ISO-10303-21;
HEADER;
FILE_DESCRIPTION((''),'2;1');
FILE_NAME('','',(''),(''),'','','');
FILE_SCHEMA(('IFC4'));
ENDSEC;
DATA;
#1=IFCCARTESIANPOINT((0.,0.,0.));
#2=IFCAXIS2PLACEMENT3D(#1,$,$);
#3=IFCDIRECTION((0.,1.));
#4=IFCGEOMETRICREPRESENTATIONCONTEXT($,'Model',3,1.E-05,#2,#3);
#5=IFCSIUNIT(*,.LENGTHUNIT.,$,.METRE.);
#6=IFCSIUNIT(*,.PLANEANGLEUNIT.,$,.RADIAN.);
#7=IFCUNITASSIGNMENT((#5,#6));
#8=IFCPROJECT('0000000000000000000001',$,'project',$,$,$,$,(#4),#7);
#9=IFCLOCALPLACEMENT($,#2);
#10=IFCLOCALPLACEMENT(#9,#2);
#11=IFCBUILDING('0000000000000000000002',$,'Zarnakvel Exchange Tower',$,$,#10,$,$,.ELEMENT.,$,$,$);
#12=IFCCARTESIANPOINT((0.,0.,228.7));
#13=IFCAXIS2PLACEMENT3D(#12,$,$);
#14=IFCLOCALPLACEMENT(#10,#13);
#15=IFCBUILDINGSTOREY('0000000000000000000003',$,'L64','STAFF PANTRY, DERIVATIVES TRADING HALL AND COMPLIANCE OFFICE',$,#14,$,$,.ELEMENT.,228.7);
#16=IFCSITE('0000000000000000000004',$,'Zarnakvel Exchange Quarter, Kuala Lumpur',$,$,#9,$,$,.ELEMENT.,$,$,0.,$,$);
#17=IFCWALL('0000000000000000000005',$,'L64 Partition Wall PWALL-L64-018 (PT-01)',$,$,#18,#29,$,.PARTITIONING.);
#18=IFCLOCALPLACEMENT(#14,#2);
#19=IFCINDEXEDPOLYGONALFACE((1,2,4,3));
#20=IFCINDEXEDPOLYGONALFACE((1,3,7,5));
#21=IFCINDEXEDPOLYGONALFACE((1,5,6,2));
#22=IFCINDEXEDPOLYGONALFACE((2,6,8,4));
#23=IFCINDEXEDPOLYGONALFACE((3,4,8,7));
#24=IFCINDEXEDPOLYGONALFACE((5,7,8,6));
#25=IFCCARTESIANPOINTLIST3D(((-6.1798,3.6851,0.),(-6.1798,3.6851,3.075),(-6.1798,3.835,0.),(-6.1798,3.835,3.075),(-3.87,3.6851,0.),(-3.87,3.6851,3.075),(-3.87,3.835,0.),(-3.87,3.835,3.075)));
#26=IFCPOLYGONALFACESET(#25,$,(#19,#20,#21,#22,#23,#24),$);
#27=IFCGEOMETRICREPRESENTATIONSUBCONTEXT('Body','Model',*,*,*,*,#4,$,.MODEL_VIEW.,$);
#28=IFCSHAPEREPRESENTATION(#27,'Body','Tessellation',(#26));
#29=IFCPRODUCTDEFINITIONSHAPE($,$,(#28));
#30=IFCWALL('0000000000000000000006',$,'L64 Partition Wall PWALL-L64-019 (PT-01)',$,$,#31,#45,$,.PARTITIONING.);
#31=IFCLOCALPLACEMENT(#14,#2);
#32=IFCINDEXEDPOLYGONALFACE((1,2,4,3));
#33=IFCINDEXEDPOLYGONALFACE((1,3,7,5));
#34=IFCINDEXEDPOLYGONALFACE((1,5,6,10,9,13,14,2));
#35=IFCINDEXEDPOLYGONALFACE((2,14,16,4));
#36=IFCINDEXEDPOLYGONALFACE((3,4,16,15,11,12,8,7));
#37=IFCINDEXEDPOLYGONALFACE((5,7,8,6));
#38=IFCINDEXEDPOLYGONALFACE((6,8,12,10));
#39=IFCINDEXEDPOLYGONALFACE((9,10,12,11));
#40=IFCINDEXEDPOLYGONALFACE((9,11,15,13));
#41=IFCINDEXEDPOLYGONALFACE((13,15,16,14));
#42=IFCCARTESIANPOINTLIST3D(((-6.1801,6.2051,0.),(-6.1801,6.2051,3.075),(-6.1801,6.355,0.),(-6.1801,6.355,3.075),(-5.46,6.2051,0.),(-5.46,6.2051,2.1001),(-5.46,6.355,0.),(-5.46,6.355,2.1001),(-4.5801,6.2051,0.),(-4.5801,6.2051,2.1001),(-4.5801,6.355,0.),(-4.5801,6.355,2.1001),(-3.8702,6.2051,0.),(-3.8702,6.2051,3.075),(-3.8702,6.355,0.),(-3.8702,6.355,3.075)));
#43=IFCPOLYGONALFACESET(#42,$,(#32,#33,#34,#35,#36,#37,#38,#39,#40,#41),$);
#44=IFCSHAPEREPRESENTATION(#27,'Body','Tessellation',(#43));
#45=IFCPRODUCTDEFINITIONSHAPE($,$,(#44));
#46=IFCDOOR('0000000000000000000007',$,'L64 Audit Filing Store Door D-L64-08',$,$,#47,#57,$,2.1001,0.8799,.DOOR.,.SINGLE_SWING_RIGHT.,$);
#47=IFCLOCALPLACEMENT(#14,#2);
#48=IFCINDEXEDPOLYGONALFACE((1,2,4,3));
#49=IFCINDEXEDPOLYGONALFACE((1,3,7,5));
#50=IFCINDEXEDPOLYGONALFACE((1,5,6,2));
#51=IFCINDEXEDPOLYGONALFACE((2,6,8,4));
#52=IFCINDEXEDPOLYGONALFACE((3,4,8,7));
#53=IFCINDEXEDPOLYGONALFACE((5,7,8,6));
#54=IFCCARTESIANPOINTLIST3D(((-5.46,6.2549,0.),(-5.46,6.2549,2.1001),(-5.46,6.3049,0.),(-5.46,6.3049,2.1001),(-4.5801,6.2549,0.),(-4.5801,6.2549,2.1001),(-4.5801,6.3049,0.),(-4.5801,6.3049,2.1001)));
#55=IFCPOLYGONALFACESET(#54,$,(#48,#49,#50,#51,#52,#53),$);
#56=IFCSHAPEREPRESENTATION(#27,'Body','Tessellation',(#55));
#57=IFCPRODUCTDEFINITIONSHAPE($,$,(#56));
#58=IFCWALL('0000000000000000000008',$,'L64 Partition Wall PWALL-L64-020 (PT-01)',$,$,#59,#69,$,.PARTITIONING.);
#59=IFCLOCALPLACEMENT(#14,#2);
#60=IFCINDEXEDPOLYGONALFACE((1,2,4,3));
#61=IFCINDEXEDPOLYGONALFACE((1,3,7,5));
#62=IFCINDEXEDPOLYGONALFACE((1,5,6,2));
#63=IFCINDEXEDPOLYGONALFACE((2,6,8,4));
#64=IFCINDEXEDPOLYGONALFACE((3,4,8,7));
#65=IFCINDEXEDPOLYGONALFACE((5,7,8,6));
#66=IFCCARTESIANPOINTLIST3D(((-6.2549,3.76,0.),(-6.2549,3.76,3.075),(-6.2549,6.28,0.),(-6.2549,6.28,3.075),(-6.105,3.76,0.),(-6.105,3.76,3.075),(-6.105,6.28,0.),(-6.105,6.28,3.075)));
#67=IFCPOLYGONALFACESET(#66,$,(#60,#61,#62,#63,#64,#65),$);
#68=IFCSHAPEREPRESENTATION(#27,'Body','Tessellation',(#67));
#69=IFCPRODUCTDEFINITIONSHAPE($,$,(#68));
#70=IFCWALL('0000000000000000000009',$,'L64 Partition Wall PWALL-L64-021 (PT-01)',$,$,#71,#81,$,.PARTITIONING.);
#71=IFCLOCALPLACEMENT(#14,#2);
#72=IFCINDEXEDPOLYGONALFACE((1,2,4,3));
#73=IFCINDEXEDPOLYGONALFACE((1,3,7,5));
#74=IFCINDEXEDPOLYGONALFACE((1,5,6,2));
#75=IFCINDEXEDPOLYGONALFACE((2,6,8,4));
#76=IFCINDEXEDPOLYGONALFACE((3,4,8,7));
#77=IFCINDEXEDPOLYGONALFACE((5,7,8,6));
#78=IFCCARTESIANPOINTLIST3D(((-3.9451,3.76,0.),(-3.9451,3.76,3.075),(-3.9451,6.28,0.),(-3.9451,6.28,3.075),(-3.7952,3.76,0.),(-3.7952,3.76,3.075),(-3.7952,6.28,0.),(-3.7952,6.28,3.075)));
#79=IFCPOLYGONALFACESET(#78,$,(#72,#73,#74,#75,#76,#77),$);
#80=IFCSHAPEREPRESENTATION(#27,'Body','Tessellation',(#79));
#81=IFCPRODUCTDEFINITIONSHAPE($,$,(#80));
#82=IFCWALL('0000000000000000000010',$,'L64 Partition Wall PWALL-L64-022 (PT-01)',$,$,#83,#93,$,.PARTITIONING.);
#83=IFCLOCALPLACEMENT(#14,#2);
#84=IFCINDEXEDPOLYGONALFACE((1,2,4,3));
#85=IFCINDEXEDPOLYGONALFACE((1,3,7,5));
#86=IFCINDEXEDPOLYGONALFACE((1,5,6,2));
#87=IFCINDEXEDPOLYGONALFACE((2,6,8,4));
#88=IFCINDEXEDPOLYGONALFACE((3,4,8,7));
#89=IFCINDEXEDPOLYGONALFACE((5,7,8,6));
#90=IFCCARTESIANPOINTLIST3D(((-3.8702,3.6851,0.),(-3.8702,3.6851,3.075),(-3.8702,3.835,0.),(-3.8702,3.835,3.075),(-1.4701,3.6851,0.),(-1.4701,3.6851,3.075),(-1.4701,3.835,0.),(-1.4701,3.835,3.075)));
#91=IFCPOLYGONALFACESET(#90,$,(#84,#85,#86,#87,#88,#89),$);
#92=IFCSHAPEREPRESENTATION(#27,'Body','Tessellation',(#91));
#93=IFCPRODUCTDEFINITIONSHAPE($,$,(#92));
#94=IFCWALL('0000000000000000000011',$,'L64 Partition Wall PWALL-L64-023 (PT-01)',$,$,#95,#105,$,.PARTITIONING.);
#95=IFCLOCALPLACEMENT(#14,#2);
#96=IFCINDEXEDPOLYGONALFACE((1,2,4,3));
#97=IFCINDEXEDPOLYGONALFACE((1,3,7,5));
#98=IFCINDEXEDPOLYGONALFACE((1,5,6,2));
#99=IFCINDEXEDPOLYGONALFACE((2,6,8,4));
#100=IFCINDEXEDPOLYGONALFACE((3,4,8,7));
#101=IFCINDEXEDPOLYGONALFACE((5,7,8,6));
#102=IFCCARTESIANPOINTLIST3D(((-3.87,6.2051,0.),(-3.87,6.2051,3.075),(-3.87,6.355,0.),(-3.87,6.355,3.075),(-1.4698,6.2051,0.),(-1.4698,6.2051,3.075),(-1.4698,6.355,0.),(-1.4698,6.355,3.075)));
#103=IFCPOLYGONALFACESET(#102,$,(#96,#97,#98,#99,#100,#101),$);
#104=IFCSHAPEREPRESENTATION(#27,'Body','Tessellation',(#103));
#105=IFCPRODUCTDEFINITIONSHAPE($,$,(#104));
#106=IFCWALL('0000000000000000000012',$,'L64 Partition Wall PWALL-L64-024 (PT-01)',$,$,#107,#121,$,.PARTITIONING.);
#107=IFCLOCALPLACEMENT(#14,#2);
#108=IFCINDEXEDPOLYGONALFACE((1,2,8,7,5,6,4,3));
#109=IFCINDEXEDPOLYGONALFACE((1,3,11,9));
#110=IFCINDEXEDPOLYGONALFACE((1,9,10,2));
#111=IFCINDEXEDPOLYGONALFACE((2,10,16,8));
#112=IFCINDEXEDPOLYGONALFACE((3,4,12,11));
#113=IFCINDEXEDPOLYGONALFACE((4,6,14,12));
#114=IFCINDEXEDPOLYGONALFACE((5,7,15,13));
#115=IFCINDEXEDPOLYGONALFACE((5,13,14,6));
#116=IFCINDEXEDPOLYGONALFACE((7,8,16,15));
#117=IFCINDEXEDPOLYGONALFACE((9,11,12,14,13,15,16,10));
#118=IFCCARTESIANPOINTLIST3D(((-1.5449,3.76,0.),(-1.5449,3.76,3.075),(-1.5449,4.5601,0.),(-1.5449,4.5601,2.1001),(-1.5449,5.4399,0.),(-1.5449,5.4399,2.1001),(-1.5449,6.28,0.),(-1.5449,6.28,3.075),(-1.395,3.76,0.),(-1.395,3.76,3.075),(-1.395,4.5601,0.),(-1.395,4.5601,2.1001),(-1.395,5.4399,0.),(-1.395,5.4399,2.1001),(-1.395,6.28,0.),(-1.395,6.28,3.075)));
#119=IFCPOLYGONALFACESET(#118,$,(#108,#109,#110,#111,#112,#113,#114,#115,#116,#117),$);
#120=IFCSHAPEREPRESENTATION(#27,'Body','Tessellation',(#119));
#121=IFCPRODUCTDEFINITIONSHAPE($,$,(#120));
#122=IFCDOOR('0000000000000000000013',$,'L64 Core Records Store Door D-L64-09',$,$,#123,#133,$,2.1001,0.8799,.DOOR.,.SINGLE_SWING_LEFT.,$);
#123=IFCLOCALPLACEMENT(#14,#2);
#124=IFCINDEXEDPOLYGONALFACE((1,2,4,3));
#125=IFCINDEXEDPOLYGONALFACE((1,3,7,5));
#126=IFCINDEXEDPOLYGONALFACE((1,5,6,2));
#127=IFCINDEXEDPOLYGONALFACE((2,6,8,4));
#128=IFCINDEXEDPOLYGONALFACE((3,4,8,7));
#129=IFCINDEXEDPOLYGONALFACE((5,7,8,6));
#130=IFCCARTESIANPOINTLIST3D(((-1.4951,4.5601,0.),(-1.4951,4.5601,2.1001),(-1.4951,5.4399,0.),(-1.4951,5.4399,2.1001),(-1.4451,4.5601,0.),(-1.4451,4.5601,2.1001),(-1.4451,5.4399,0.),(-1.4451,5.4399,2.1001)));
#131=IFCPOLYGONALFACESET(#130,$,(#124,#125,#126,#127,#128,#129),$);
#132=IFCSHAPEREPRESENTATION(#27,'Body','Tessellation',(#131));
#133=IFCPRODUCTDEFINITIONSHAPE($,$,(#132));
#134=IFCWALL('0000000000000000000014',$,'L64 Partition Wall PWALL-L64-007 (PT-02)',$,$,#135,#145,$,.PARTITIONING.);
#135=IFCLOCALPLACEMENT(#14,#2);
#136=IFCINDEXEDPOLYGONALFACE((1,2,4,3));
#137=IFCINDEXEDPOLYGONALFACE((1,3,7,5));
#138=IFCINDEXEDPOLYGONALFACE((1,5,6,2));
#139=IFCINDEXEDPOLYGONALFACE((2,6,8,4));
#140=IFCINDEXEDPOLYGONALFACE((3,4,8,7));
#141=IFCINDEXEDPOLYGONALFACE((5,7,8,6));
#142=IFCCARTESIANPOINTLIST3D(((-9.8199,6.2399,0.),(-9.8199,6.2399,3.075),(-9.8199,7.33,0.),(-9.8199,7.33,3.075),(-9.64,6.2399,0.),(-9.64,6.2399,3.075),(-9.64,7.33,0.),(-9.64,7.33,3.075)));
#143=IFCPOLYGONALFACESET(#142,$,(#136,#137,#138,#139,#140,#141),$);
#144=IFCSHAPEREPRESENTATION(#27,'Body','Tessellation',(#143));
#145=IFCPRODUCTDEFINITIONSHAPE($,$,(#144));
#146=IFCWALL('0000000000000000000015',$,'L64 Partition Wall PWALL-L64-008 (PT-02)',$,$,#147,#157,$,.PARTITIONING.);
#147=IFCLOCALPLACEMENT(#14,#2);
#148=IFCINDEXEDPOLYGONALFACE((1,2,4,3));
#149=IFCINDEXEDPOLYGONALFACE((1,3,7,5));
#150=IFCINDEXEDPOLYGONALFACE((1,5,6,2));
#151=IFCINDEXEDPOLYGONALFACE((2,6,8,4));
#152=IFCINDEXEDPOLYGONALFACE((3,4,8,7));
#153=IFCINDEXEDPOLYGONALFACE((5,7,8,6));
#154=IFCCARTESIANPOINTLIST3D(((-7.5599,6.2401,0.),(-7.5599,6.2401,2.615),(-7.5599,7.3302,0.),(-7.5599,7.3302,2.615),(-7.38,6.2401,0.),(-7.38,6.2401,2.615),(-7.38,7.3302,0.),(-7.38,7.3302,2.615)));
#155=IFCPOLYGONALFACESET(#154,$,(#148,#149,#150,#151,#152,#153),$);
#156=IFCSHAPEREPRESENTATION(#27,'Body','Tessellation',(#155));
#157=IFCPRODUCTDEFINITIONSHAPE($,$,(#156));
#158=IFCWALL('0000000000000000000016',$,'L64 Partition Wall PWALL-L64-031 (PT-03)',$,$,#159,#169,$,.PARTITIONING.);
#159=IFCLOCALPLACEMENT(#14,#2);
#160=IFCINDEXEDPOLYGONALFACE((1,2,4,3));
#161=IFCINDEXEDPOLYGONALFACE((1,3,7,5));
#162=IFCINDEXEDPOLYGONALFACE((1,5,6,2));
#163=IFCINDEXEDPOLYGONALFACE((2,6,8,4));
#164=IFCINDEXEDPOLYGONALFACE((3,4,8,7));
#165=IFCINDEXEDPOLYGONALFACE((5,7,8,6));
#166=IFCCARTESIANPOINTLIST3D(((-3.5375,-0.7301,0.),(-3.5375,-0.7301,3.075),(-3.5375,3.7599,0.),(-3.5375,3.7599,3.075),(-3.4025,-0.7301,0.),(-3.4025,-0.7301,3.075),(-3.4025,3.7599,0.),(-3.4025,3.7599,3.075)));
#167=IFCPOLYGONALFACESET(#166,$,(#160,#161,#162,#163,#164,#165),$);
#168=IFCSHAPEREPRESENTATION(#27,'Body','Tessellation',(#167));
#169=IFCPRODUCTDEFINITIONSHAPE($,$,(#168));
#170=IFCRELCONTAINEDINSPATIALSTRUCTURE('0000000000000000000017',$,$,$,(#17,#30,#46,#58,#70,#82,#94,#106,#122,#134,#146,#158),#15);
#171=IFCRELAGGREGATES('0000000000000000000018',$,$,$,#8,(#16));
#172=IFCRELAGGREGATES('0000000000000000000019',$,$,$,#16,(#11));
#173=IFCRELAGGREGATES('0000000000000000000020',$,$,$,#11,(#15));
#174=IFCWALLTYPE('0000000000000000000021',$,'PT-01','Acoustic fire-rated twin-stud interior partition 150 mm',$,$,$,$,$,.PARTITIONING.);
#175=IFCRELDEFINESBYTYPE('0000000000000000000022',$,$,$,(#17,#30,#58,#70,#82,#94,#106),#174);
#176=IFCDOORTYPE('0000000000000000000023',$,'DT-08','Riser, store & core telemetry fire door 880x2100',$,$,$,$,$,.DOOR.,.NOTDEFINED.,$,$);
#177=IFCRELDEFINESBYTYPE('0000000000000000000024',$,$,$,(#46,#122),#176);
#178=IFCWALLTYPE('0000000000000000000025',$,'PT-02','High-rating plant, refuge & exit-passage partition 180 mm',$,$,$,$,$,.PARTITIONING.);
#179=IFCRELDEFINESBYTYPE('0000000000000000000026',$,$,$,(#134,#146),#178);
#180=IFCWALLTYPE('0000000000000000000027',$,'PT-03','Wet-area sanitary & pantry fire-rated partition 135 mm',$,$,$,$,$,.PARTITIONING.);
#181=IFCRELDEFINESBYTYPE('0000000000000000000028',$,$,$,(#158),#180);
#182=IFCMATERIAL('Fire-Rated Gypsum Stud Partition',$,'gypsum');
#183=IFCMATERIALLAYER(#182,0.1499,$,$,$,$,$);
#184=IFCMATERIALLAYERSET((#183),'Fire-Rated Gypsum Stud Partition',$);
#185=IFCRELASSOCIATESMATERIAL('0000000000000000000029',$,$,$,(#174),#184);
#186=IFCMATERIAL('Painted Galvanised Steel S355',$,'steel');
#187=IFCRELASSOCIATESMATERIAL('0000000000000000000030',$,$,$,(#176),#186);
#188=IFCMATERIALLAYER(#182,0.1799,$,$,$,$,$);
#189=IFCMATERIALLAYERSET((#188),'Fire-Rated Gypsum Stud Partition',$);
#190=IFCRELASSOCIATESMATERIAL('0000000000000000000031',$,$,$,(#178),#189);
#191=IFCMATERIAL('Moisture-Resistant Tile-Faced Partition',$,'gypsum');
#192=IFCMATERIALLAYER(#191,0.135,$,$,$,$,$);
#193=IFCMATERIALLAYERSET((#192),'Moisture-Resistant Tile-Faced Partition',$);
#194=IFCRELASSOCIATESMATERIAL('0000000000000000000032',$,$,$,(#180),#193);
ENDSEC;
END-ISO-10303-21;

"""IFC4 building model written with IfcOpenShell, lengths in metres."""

from ifc_helpers import new_model, si_unit, direction, frame, frame_2d, origin, place, context, subcontext, project, spatial, rectangle, extrude, source, transform, mapped, material, layer, layer_set, type_object, element, fill, save


model = new_model("IFC4")

# Units and contexts
model_context = context("Model", 3, precision=1e-05, world=origin(), true_north=direction((0.0, 1.0)))
body_context = subcontext(model_context, "Body", "Model", "MODEL_VIEW")
ifc_project = project(units=[si_unit("LENGTHUNIT", "METRE"), si_unit("PLANEANGLEUNIT", "RADIAN")], contexts=[model_context])

# Site, building, storey
site_placement = place(None, origin())
site = spatial("IfcSite", under=ifc_project, at=site_placement, Name="Zarnakvel Exchange Quarter, Kuala Lumpur", CompositionType="ELEMENT", RefElevation=0.0)
building_placement = place(site_placement, origin())
building = spatial("IfcBuilding", under=site, at=building_placement, Name="Zarnakvel Exchange Tower", CompositionType="ELEMENT")
storey_placement = place(building_placement, frame((0.0, 0.0, 228.7)))
storey = spatial("IfcBuildingStorey", under=building, at=storey_placement, Name="L64", Description="STAFF PANTRY, DERIVATIVES TRADING HALL AND COMPLIANCE OFFICE", CompositionType="ELEMENT", Elevation=228.7)

# Wall
ifc_material_1 = material(Name="Fire-Rated Gypsum Stud Partition", Category="gypsum")
ifc_layer_1 = layer(ifc_material_1, 0.1499)
ifc_layer_set_1 = layer_set([ifc_layer_1], Name="Fire-Rated Gypsum Stud Partition")
wall_type_1 = type_object("IfcWallType", Name="PT-01", Description="Acoustic fire-rated twin-stud interior partition 150 mm", PredefinedType="PARTITIONING", material=ifc_layer_set_1)
wall_1_placement = place(storey_placement, frame((-3.8701, 3.76, 0.0), z_axis=(0.0, 0.0, 1.0), x_axis=(-1.0, 0.0, 0.0)))
element("IfcWall", 1, at=wall_1_placement, inside=storey, type_object=wall_type_1, Name="L64 Partition Wall PWALL-L64-018 (PT-01)", PredefinedType="PARTITIONING", context=body_context, shape_type="SweptSolid", body=[
    extrude(rectangle(XDim=2.3098, YDim=0.1499, at=frame_2d((1.1548, 0.0))), origin(), (0.0, 0.0, 1.0), 3.075),
])

# Wall, opening, door
wall_2_placement = place(storey_placement, frame((-6.1799, 6.28, 0.0), z_axis=(0.0, 0.0, 1.0), x_axis=(1.0, 0.0, 0.0)))
wall_2 = element("IfcWall", 2, at=wall_2_placement, inside=storey, type_object=wall_type_1, Name="L64 Partition Wall PWALL-L64-019 (PT-01)", PredefinedType="PARTITIONING", context=body_context, shape_type="SweptSolid", body=[
    extrude(rectangle(XDim=2.3098, YDim=0.1499, at=frame_2d((1.1548, 0.0))), origin(), (0.0, 0.0, 1.0), 3.075),
])
opening_1_placement = place(wall_2_placement, frame((0.72, 0.0, 0.0)))
opening_1 = element("IfcOpeningElement", 3, at=opening_1_placement, cuts=wall_2, PredefinedType="OPENING", context=body_context, shape_type="SweptSolid", body=[
    extrude(rectangle(XDim=0.8799, YDim=2.1001, at=frame_2d((0.4399, 1.05))), frame((0.0, 0.085, 0.0), z_axis=(0.0, -1.0, 0.0), x_axis=(1.0, 0.0, 0.0)), (0.0, 0.0, 1.0), 0.1699),
])
ifc_material_2 = material(Name="Painted Galvanised Steel S355", Category="steel")
door_type_1 = type_object("IfcDoorType", Name="DT-08", Description="Riser, store & core telemetry fire door 880x2100", OperationType="NOTDEFINED", PredefinedType="DOOR", material=ifc_material_2)
shared_shape_1 = source(origin(), body_context, "Body", "SweptSolid", [
    extrude(rectangle(XDim=0.8799, YDim=2.1001, at=frame_2d((0.4399, 1.05))), frame((0.0, 0.0249, 0.0), z_axis=(0.0, -1.0, 0.0), x_axis=(1.0, 0.0, 0.0)), (0.0, 0.0, 1.0), 0.05),
])
door_1_placement = place(opening_1_placement, origin())
door_1 = element("IfcDoor", 4, at=door_1_placement, inside=storey, type_object=door_type_1, Name="L64 Audit Filing Store Door D-L64-08", OperationType="SINGLE_SWING_RIGHT", OverallHeight=2.1001, OverallWidth=0.8799, PredefinedType="DOOR", context=body_context, shape_type="MappedRepresentation", body=[
    mapped(shared_shape_1, transform((0.0, 0.0, 0.0), x_axis=(1.0, 0.0, 0.0), y_axis=(0.0, 1.0, 0.0), z_axis=(0.0, 0.0, 1.0), scale=1.0)),
])
fill(opening_1, door_1)

# Walls
for number, where, z_axis, x_axis, name in (
    (5, (-6.1799, 3.76, 0.0), (0.0, 0.0, 1.0), (0.0, 1.0, 0.0), "L64 Partition Wall PWALL-L64-020 (PT-01)"),
    (6, (-3.8701, 6.28, 0.0), (0.0, 0.0, 1.0), (0.0, -1.0, 0.0), "L64 Partition Wall PWALL-L64-021 (PT-01)"),
):
    element("IfcWall", number, at=place(storey_placement, frame(where, z_axis=z_axis, x_axis=x_axis)), inside=storey, type_object=wall_type_1, Name=name, PredefinedType="PARTITIONING", context=body_context, shape_type="SweptSolid", body=[
        extrude(rectangle(XDim=2.52, YDim=0.1499, at=frame_2d((1.26, 0.0))), origin(), (0.0, 0.0, 1.0), 3.075),
    ])
for number, where, z_axis, x_axis, name in (
    (7, (-1.47, 3.76, 0.0), (0.0, 0.0, 1.0), (-1.0, 0.0, 0.0), "L64 Partition Wall PWALL-L64-022 (PT-01)"),
    (8, (-3.8701, 6.28, 0.0), (0.0, 0.0, 1.0), (1.0, 0.0, 0.0), "L64 Partition Wall PWALL-L64-023 (PT-01)"),
):
    element("IfcWall", number, at=place(storey_placement, frame(where, z_axis=z_axis, x_axis=x_axis)), inside=storey, type_object=wall_type_1, Name=name, PredefinedType="PARTITIONING", context=body_context, shape_type="SweptSolid", body=[
        extrude(rectangle(XDim=2.4001, YDim=0.1499, at=frame_2d((1.2002, 0.0))), origin(), (0.0, 0.0, 1.0), 3.075),
    ])

# Wall, opening, door
wall_3_placement = place(storey_placement, frame((-1.47, 6.28, 0.0), z_axis=(0.0, 0.0, 1.0), x_axis=(0.0, -1.0, 0.0)))
wall_3 = element("IfcWall", 9, at=wall_3_placement, inside=storey, type_object=wall_type_1, Name="L64 Partition Wall PWALL-L64-024 (PT-01)", PredefinedType="PARTITIONING", context=body_context, shape_type="SweptSolid", body=[
    extrude(rectangle(XDim=2.52, YDim=0.1499, at=frame_2d((1.26, 0.0))), origin(), (0.0, 0.0, 1.0), 3.075),
])
opening_2_placement = place(wall_3_placement, frame((0.8401, 0.0, 0.0)))
opening_2 = element("IfcOpeningElement", 10, at=opening_2_placement, cuts=wall_3, PredefinedType="OPENING", context=body_context, shape_type="SweptSolid", body=[
    extrude(rectangle(XDim=0.8799, YDim=2.1001, at=frame_2d((0.4399, 1.05))), frame((0.0, 0.085, 0.0), z_axis=(0.0, -1.0, 0.0), x_axis=(1.0, 0.0, 0.0)), (0.0, 0.0, 1.0), 0.1699),
])
door_2_placement = place(opening_2_placement, origin())
door_2 = element("IfcDoor", 11, at=door_2_placement, inside=storey, type_object=door_type_1, Name="L64 Core Records Store Door D-L64-09", OperationType="SINGLE_SWING_LEFT", OverallHeight=2.1001, OverallWidth=0.8799, PredefinedType="DOOR", context=body_context, shape_type="MappedRepresentation", body=[
    mapped(shared_shape_1, transform((0.0, 0.0, 0.0), x_axis=(1.0, 0.0, 0.0), y_axis=(0.0, 1.0, 0.0), z_axis=(0.0, 0.0, 1.0), scale=1.0)),
])
fill(opening_2, door_2)

# Walls
ifc_layer_2 = layer(ifc_material_1, 0.1799)
ifc_layer_set_2 = layer_set([ifc_layer_2], Name="Fire-Rated Gypsum Stud Partition")
wall_type_2 = type_object("IfcWallType", Name="PT-02", Description="High-rating plant, refuge & exit-passage partition 180 mm", PredefinedType="PARTITIONING", material=ifc_layer_set_2)
wall_4_placement = place(storey_placement, frame((-9.73, 6.24, 0.0), z_axis=(0.0, 0.0, 1.0), x_axis=(0.0, 1.0, 0.0)))
element("IfcWall", 12, at=wall_4_placement, inside=storey, type_object=wall_type_2, Name="L64 Partition Wall PWALL-L64-007 (PT-02)", PredefinedType="PARTITIONING", context=body_context, shape_type="SweptSolid", body=[
    extrude(rectangle(XDim=1.0901, YDim=0.1799, at=frame_2d((0.5449, 0.0))), origin(), (0.0, 0.0, 1.0), 3.075),
])
wall_5_placement = place(storey_placement, frame((-7.47, 7.3301, 0.0), z_axis=(0.0, 0.0, 1.0), x_axis=(0.0, -1.0, 0.0)))
element("IfcWall", 13, at=wall_5_placement, inside=storey, type_object=wall_type_2, Name="L64 Partition Wall PWALL-L64-008 (PT-02)", PredefinedType="PARTITIONING", context=body_context, shape_type="SweptSolid", body=[
    extrude(rectangle(XDim=1.0901, YDim=0.1799, at=frame_2d((0.5449, 0.0))), origin(), (0.0, 0.0, 1.0), 2.615),
])
ifc_material_3 = material(Name="Moisture-Resistant Tile-Faced Partition", Category="gypsum")
ifc_layer_3 = layer(ifc_material_3, 0.135)
ifc_layer_set_3 = layer_set([ifc_layer_3], Name="Moisture-Resistant Tile-Faced Partition")
wall_type_3 = type_object("IfcWallType", Name="PT-03", Description="Wet-area sanitary & pantry fire-rated partition 135 mm", PredefinedType="PARTITIONING", material=ifc_layer_set_3)
wall_6_placement = place(storey_placement, frame((-3.47, 3.76, 0.0), z_axis=(0.0, 0.0, 1.0), x_axis=(0.0, -1.0, 0.0)))
element("IfcWall", 14, at=wall_6_placement, inside=storey, type_object=wall_type_3, Name="L64 Partition Wall PWALL-L64-031 (PT-03)", PredefinedType="PARTITIONING", context=body_context, shape_type="SweptSolid", body=[
    extrude(rectangle(XDim=4.49, YDim=0.135, at=frame_2d((2.2451, 0.0))), origin(), (0.0, 0.0, 1.0), 3.075),
])

save(model, "model.ifc")
